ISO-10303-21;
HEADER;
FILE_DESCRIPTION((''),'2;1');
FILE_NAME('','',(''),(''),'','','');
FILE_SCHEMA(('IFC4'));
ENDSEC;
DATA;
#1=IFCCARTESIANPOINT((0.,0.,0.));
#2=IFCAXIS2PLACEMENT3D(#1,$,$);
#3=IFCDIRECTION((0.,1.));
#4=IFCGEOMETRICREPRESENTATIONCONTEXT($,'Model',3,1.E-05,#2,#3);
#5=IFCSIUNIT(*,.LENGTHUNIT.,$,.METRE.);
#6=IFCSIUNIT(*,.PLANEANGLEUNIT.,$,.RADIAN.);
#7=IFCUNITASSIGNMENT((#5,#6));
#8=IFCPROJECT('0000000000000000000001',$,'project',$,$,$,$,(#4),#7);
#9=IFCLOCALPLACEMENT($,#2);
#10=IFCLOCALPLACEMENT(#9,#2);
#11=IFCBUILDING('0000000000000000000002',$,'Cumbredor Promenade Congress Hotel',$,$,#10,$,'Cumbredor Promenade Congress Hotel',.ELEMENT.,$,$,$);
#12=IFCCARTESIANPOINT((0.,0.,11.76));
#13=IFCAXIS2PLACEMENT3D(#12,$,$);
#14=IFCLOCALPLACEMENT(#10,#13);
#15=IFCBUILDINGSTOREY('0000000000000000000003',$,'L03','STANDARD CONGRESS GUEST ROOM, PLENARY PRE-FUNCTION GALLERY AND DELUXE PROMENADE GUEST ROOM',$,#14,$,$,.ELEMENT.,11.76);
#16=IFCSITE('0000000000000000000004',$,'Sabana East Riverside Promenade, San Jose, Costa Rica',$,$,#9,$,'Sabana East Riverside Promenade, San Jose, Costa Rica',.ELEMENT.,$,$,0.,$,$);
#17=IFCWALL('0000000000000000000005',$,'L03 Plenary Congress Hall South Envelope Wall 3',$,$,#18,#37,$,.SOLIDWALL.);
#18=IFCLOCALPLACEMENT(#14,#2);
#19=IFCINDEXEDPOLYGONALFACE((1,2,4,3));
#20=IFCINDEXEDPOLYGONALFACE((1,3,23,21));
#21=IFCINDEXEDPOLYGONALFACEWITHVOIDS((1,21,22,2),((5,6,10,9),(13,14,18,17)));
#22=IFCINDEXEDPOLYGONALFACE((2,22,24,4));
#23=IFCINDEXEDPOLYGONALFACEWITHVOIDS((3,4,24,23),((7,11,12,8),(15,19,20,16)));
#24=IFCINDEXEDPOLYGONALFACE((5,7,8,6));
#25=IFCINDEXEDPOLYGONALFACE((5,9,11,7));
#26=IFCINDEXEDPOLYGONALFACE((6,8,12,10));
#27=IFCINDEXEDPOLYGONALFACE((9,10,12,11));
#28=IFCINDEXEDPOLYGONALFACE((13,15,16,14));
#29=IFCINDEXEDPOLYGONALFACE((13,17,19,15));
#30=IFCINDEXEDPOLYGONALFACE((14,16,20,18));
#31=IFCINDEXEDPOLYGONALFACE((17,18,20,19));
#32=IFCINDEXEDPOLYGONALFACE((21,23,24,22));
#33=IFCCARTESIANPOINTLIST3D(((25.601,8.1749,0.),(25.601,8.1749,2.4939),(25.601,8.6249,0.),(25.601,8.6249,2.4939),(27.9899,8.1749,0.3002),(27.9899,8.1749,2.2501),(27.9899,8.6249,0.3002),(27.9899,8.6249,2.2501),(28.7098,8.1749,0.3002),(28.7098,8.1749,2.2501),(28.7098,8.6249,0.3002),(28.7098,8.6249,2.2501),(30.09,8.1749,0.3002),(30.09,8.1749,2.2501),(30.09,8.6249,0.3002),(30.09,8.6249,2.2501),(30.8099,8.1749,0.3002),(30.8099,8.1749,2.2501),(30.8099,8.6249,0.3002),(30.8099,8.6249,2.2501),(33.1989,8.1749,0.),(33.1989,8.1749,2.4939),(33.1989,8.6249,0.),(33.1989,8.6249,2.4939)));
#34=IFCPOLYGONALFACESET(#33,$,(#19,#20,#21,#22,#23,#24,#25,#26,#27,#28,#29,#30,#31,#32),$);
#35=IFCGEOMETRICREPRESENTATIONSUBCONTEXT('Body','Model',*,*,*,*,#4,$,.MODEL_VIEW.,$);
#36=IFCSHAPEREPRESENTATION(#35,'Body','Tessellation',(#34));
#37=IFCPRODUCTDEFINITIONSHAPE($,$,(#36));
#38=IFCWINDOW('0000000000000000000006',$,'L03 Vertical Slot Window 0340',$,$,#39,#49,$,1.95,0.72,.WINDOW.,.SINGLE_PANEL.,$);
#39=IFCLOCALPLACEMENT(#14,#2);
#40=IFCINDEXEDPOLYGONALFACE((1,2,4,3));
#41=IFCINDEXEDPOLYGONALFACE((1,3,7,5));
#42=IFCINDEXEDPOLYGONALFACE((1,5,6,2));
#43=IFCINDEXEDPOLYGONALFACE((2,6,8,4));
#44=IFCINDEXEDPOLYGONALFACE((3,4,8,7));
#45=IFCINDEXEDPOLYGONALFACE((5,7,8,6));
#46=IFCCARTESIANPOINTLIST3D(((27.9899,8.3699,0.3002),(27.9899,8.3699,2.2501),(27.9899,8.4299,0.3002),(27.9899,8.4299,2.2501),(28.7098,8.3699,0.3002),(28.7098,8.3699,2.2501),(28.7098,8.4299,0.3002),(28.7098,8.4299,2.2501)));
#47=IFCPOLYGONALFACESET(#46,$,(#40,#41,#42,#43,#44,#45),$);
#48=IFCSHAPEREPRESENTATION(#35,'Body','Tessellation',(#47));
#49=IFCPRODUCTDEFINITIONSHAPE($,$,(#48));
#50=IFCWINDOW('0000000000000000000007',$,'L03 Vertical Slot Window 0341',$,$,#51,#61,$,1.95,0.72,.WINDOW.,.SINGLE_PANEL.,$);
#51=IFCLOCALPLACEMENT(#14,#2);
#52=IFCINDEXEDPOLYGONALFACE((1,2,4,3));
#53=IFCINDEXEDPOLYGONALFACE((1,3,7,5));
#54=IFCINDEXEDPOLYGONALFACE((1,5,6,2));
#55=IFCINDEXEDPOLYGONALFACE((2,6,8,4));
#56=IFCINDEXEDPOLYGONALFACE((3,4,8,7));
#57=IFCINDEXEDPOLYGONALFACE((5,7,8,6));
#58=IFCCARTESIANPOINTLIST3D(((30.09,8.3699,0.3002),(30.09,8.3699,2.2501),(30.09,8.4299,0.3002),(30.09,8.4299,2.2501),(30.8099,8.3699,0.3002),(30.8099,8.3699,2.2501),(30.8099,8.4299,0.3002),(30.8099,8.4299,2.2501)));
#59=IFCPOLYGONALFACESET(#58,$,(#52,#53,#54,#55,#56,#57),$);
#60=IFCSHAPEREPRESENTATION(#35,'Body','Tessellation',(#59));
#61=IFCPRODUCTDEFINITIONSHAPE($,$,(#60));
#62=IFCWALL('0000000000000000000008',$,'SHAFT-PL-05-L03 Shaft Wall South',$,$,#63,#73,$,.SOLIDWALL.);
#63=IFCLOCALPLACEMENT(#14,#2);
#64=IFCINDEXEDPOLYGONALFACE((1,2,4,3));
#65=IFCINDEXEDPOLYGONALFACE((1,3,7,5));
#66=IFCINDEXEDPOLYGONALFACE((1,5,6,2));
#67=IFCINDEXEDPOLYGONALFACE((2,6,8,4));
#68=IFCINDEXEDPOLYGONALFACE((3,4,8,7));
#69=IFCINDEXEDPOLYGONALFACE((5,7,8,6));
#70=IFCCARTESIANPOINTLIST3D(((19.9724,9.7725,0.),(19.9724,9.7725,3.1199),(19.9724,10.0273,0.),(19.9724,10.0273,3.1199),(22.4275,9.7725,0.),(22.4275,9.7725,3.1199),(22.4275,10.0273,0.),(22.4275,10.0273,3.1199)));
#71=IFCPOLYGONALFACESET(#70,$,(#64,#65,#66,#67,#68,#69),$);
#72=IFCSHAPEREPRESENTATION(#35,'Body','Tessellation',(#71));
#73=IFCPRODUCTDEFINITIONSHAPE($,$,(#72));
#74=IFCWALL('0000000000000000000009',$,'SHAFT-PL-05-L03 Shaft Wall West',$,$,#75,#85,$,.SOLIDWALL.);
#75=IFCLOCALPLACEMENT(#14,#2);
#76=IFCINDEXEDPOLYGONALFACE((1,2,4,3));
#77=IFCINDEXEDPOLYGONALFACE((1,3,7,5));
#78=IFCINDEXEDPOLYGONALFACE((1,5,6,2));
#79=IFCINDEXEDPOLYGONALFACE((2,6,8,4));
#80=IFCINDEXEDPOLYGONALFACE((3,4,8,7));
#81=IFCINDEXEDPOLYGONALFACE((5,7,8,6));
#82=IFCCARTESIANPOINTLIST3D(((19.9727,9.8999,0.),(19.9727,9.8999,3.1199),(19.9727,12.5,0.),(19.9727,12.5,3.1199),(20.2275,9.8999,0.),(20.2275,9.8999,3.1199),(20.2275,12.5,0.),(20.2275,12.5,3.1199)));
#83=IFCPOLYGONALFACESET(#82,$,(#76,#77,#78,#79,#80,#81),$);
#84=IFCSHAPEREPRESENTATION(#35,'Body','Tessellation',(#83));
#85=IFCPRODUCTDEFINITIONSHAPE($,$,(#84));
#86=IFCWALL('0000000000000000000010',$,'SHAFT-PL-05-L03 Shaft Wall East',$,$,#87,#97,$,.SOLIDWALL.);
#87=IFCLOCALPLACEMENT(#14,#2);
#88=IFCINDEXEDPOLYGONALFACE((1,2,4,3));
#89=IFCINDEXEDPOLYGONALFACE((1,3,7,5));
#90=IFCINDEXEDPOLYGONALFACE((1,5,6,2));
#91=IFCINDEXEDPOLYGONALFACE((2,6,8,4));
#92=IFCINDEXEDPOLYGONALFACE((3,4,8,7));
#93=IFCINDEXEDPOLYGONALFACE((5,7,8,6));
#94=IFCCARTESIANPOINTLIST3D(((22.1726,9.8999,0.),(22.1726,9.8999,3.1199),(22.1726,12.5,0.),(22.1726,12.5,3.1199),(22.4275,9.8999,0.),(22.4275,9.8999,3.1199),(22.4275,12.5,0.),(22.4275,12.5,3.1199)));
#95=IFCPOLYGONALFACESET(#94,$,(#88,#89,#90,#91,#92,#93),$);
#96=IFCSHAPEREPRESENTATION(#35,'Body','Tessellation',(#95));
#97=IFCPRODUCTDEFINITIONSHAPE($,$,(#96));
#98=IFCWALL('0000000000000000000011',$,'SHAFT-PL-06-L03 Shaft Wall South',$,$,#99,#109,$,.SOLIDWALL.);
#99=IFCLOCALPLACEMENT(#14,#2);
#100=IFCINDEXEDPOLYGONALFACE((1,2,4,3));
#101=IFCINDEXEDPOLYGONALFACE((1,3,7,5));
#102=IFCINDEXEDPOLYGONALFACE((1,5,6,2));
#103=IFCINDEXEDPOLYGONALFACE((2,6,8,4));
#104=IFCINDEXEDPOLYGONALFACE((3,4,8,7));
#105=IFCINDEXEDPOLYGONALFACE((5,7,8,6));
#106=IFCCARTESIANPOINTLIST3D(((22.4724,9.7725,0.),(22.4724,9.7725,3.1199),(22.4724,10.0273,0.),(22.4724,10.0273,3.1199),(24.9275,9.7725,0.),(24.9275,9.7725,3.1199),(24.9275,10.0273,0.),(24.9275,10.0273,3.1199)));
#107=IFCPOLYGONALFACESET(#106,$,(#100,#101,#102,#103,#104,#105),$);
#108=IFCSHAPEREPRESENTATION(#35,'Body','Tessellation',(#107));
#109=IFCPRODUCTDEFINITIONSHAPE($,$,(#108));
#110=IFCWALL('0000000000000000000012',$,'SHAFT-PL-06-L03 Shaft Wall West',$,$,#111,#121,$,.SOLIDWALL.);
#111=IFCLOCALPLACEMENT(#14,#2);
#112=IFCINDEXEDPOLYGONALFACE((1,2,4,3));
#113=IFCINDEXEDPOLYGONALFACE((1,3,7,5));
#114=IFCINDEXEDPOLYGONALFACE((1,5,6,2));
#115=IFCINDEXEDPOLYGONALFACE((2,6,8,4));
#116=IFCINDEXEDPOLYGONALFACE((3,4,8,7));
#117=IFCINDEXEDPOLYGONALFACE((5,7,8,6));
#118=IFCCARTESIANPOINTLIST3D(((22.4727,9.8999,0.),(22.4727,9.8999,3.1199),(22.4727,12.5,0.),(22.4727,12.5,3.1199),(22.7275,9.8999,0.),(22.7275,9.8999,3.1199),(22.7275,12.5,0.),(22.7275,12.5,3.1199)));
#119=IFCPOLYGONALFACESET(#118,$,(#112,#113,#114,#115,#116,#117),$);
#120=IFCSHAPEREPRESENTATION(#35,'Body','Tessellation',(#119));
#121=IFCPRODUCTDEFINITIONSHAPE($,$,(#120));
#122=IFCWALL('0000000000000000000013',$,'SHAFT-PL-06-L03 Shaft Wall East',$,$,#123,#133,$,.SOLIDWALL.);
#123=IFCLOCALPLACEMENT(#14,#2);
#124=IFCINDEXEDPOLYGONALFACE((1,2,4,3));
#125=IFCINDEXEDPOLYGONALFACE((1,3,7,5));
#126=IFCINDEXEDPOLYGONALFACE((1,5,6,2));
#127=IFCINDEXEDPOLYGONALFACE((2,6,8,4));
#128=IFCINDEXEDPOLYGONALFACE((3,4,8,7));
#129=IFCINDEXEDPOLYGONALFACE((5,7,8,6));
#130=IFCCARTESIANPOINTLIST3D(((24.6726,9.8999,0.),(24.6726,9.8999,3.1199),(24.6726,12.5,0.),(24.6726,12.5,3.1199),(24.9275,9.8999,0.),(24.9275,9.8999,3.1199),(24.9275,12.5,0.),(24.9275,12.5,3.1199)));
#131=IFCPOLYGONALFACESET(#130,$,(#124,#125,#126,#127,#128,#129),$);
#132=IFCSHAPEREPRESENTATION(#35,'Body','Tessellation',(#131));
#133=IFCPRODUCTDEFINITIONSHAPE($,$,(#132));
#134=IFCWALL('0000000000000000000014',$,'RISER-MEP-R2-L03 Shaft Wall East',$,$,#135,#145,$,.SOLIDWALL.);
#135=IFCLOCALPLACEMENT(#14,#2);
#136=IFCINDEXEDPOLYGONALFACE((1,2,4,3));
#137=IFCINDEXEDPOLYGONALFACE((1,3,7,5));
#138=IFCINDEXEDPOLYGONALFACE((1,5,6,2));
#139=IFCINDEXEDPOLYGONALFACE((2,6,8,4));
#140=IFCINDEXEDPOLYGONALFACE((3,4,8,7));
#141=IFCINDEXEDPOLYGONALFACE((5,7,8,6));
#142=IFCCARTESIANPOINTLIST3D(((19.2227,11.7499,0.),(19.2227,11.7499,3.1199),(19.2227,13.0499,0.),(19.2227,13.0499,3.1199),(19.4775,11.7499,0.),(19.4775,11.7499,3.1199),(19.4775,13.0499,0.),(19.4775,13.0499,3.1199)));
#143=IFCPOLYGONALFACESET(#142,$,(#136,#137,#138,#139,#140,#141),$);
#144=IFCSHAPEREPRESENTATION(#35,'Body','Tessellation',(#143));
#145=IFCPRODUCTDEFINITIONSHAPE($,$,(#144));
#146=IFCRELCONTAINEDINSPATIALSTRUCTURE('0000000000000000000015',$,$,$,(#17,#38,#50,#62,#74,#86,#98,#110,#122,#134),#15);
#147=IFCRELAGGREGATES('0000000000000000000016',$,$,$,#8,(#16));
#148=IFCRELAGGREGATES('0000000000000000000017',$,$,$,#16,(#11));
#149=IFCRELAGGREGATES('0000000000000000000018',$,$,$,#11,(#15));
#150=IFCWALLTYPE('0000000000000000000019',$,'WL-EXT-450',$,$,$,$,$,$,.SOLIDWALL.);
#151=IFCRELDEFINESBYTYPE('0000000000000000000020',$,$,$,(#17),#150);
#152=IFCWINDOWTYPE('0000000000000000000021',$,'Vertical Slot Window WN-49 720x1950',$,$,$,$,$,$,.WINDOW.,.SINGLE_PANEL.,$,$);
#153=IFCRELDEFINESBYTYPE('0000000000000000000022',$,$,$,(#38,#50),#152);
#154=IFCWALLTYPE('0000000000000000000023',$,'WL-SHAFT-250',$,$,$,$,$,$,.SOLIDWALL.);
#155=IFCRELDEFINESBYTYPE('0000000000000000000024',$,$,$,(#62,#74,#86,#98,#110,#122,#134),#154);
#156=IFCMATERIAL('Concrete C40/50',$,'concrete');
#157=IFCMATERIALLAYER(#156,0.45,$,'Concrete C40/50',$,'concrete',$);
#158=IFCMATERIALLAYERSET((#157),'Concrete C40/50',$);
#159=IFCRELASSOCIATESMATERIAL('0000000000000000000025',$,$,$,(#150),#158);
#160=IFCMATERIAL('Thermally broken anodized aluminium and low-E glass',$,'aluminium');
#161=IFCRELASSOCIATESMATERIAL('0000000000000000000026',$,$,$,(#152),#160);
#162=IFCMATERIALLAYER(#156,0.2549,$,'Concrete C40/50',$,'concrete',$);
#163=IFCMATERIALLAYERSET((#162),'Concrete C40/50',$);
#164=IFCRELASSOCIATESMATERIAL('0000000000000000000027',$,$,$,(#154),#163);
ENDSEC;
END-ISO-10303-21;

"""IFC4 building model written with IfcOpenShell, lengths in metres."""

from ifc_helpers import new_model, si_unit, direction, frame, frame_2d, origin, place, context, subcontext, project, spatial, rectangle, extrude, material, layer, layer_set, type_object, element, fill, save


model = new_model("IFC4")

# Units and contexts
model_context = context("Model", 3, precision=1e-05, world=origin(), true_north=direction((0.0, 1.0)))
body_context = subcontext(model_context, "Body", "Model", "MODEL_VIEW")
ifc_project = project(units=[si_unit("LENGTHUNIT", "METRE"), si_unit("PLANEANGLEUNIT", "RADIAN")], contexts=[model_context])

# Site, building, storey
site_placement = place(None, origin())
site = spatial("IfcSite", under=ifc_project, at=site_placement, Name="Sabana East Riverside Promenade, San Jose, Costa Rica", LongName="Sabana East Riverside Promenade, San Jose, Costa Rica", CompositionType="ELEMENT", RefElevation=0.0)
building_placement = place(site_placement, origin())
building = spatial("IfcBuilding", under=site, at=building_placement, Name="Cumbredor Promenade Congress Hotel", LongName="Cumbredor Promenade Congress Hotel", CompositionType="ELEMENT")
storey_placement = place(building_placement, frame((0.0, 0.0, 11.76)))
storey = spatial("IfcBuildingStorey", under=building, at=storey_placement, Name="L03", Description="STANDARD CONGRESS GUEST ROOM, PLENARY PRE-FUNCTION GALLERY AND DELUXE PROMENADE GUEST ROOM", CompositionType="ELEMENT", Elevation=11.76)

# Shared definitions
ifc_material_1 = material(Name="Concrete C40/50", Category="concrete")

# Shared definitions
ifc_material_2 = material(Name="Thermally broken anodized aluminium and low-E glass", Category="aluminium")

# Wall, openings, windows
ifc_layer_1 = layer(ifc_material_1, 0.45, Name="Concrete C40/50", Category="concrete")
ifc_layer_set_1 = layer_set([ifc_layer_1], Name="Concrete C40/50")
wall_type_1 = type_object("IfcWallType", Name="WL-EXT-450", PredefinedType="SOLIDWALL", material=ifc_layer_set_1)
wall_1_placement = place(storey_placement, frame((25.6011, 8.3999, 0.0), z_axis=(0.0, 0.0, 1.0), x_axis=(1.0, 0.0, 0.0)))
wall_1 = element("IfcWall", 1, at=wall_1_placement, inside=storey, type_object=wall_type_1, Name="L03 Plenary Congress Hall South Envelope Wall 3", PredefinedType="SOLIDWALL", context=body_context, shape_type="SweptSolid", body=[
    extrude(rectangle(XDim=7.5979, YDim=0.45, at=frame_2d((3.7988, 0.0))), origin(), (0.0, 0.0, 1.0), 2.4939),
])
opening_1_placement = place(wall_1_placement, frame((2.3889, 0.0, 0.3)))
opening_1 = element("IfcOpeningElement", 2, at=opening_1_placement, cuts=wall_1, PredefinedType="OPENING", context=body_context, shape_type="SweptSolid", body=[
    extrude(rectangle(XDim=0.72, YDim=1.95, at=frame_2d((0.3599, 0.9751))), frame((0.0, 0.2349, 0.0), z_axis=(0.0, -1.0, 0.0), x_axis=(1.0, 0.0, 0.0)), (0.0, 0.0, 1.0), 0.47),
])
opening_2_placement = place(wall_1_placement, frame((4.489, 0.0, 0.3)))
opening_2 = element("IfcOpeningElement", 3, at=opening_2_placement, cuts=wall_1, PredefinedType="OPENING", context=body_context, shape_type="SweptSolid", body=[
    extrude(rectangle(XDim=0.72, YDim=1.95, at=frame_2d((0.3599, 0.9751))), frame((0.0, 0.2349, 0.0), z_axis=(0.0, -1.0, 0.0), x_axis=(1.0, 0.0, 0.0)), (0.0, 0.0, 1.0), 0.47),
])
window_type = type_object("IfcWindowType", Name="Vertical Slot Window WN-49 720x1950", PartitioningType="SINGLE_PANEL", PredefinedType="WINDOW", material=ifc_material_2)
window_1_placement = place(opening_1_placement, origin())
window_1 = element("IfcWindow", 4, at=window_1_placement, inside=storey, type_object=window_type, Name="L03 Vertical Slot Window 0340", OverallHeight=1.95, OverallWidth=0.72, PartitioningType="SINGLE_PANEL", PredefinedType="WINDOW", context=body_context, shape_type="SweptSolid", body=[
    extrude(rectangle(XDim=0.72, YDim=1.95, at=frame_2d((0.3599, 0.9751))), frame((0.0, 0.03, 0.0), z_axis=(0.0, -1.0, 0.0), x_axis=(1.0, 0.0, 0.0)), (0.0, 0.0, 1.0), 0.0601),
])
fill(opening_1, window_1)
window_2_placement = place(opening_2_placement, origin())
window_2 = element("IfcWindow", 5, at=window_2_placement, inside=storey, type_object=window_type, Name="L03 Vertical Slot Window 0341", OverallHeight=1.95, OverallWidth=0.72, PartitioningType="SINGLE_PANEL", PredefinedType="WINDOW", context=body_context, shape_type="SweptSolid", body=[
    extrude(rectangle(XDim=0.72, YDim=1.95, at=frame_2d((0.3599, 0.9751))), frame((0.0, 0.03, 0.0), z_axis=(0.0, -1.0, 0.0), x_axis=(1.0, 0.0, 0.0)), (0.0, 0.0, 1.0), 0.0601),
])
fill(opening_2, window_2)

# Wall
ifc_layer_2 = layer(ifc_material_1, 0.2549, Name="Concrete C40/50", Category="concrete")
ifc_layer_set_2 = layer_set([ifc_layer_2], Name="Concrete C40/50")
wall_type_2 = type_object("IfcWallType", Name="WL-SHAFT-250", PredefinedType="SOLIDWALL", material=ifc_layer_set_2)
wall_2_placement = place(storey_placement, frame((19.9724, 9.8999, 0.0), z_axis=(0.0, 0.0, 1.0), x_axis=(1.0, 0.0, 0.0)))
element("IfcWall", 6, at=wall_2_placement, inside=storey, type_object=wall_type_2, Name="SHAFT-PL-05-L03 Shaft Wall South", PredefinedType="SOLIDWALL", context=body_context, shape_type="SweptSolid", body=[
    extrude(rectangle(XDim=2.4551, YDim=0.2549, at=frame_2d((1.2275, 0.0))), origin(), (0.0, 0.0, 1.0), 3.1199),
])

# Walls
for number, where, z_axis, x_axis, name in (
    (7, (20.1001, 9.8999, 0.0), (0.0, 0.0, 1.0), (0.0, 1.0, 0.0), "SHAFT-PL-05-L03 Shaft Wall West"),
    (8, (22.3, 9.8999, 0.0), (0.0, 0.0, 1.0), (0.0, 1.0, 0.0), "SHAFT-PL-05-L03 Shaft Wall East"),
):
    element("IfcWall", number, at=place(storey_placement, frame(where, z_axis=z_axis, x_axis=x_axis)), inside=storey, type_object=wall_type_2, Name=name, PredefinedType="SOLIDWALL", context=body_context, shape_type="SweptSolid", body=[
        extrude(rectangle(XDim=2.6001, YDim=0.2549, at=frame_2d((1.3, 0.0))), origin(), (0.0, 0.0, 1.0), 3.1199),
    ])
wall_3_placement = place(storey_placement, frame((22.4724, 9.8999, 0.0), z_axis=(0.0, 0.0, 1.0), x_axis=(1.0, 0.0, 0.0)))
element("IfcWall", 9, at=wall_3_placement, inside=storey, type_object=wall_type_2, Name="SHAFT-PL-06-L03 Shaft Wall South", PredefinedType="SOLIDWALL", context=body_context, shape_type="SweptSolid", body=[
    extrude(rectangle(XDim=2.4551, YDim=0.2549, at=frame_2d((1.2275, 0.0))), origin(), (0.0, 0.0, 1.0), 3.1199),
])

# Walls
for number, where, z_axis, x_axis, name in (
    (10, (22.6001, 9.8999, 0.0), (0.0, 0.0, 1.0), (0.0, 1.0, 0.0), "SHAFT-PL-06-L03 Shaft Wall West"),
    (11, (24.8, 9.8999, 0.0), (0.0, 0.0, 1.0), (0.0, 1.0, 0.0), "SHAFT-PL-06-L03 Shaft Wall East"),
):
    element("IfcWall", number, at=place(storey_placement, frame(where, z_axis=z_axis, x_axis=x_axis)), inside=storey, type_object=wall_type_2, Name=name, PredefinedType="SOLIDWALL", context=body_context, shape_type="SweptSolid", body=[
        extrude(rectangle(XDim=2.6001, YDim=0.2549, at=frame_2d((1.3, 0.0))), origin(), (0.0, 0.0, 1.0), 3.1199),
    ])
wall_4_placement = place(storey_placement, frame((19.3501, 11.75, 0.0), z_axis=(0.0, 0.0, 1.0), x_axis=(0.0, 1.0, 0.0)))
element("IfcWall", 12, at=wall_4_placement, inside=storey, type_object=wall_type_2, Name="RISER-MEP-R2-L03 Shaft Wall East", PredefinedType="SOLIDWALL", context=body_context, shape_type="SweptSolid", body=[
    extrude(rectangle(XDim=1.3, YDim=0.2549, at=frame_2d((0.6499, 0.0))), origin(), (0.0, 0.0, 1.0), 3.1199),
])

save(model, "model.ifc")
